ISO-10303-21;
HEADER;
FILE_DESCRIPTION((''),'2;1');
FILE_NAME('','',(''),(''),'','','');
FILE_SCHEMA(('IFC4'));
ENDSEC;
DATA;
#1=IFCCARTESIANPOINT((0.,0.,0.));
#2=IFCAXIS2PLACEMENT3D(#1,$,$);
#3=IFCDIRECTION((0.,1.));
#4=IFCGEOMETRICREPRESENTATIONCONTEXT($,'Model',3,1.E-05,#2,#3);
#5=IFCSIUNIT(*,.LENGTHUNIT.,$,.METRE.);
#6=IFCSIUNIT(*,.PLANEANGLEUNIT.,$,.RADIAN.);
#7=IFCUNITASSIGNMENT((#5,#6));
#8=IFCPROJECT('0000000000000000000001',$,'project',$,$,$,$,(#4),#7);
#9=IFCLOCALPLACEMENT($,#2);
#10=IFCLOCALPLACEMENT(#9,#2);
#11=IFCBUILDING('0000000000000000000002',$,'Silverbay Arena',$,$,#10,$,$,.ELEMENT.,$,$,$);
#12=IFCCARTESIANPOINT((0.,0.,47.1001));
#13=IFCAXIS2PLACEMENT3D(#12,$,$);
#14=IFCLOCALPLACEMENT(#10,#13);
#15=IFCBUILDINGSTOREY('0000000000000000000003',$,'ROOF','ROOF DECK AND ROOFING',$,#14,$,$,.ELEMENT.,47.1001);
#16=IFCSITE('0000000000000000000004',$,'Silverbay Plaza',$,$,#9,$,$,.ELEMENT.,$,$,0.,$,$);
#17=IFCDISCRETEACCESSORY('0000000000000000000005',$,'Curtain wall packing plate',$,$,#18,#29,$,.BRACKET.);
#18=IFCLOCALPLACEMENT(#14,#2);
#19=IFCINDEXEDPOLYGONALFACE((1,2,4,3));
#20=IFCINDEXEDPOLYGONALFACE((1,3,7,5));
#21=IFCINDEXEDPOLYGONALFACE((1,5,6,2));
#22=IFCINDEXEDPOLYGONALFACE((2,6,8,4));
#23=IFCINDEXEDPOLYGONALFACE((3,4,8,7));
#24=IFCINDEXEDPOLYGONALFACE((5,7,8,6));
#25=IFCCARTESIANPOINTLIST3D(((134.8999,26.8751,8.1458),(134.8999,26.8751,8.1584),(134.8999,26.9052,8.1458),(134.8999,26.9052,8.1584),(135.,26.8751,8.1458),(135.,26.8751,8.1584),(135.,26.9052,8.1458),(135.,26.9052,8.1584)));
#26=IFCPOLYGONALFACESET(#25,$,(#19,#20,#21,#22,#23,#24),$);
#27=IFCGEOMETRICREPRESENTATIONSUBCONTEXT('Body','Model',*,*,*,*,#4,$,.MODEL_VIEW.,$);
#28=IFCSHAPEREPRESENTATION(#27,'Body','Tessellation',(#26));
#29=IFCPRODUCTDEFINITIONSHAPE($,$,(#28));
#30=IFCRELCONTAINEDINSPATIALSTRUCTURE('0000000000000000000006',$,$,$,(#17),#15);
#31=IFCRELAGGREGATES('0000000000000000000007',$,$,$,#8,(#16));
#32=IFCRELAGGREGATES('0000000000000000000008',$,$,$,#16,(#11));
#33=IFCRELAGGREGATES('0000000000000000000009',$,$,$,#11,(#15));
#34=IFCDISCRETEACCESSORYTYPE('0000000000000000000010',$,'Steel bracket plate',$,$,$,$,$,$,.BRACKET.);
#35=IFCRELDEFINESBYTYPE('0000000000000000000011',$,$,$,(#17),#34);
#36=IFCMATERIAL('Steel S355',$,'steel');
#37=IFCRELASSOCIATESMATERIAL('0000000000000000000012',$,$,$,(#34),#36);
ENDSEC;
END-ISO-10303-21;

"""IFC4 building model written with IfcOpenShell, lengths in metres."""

from ifc_helpers import new_model, si_unit, direction, frame, origin, origin_2d, place, context, subcontext, project, spatial, rectangle, extrude, material, type_object, element, save


model = new_model("IFC4")

# Units and contexts
model_context = context("Model", 3, precision=1e-05, world=origin(), true_north=direction((0.0, 1.0)))
body_context = subcontext(model_context, "Body", "Model", "MODEL_VIEW")
ifc_project = project(units=[si_unit("LENGTHUNIT", "METRE"), si_unit("PLANEANGLEUNIT", "RADIAN")], contexts=[model_context])

# Site, building, storey
site_placement = place(None, origin())
site = spatial("IfcSite", under=ifc_project, at=site_placement, Name="Silverbay Plaza", CompositionType="ELEMENT", RefElevation=0.0)
building_placement = place(site_placement, origin())
building = spatial("IfcBuilding", under=site, at=building_placement, Name="Silverbay Arena", CompositionType="ELEMENT")
storey_placement = place(building_placement, frame((0.0, 0.0, 47.1001)))
storey = spatial("IfcBuildingStorey", under=building, at=storey_placement, Name="ROOF", Description="ROOF DECK AND ROOFING", CompositionType="ELEMENT", Elevation=47.1001)

# Discrete accessory
ifc_material_1 = material(Name="Steel S355", Category="steel")
discrete_accessory_type_1 = type_object("IfcDiscreteAccessoryType", Name="Steel bracket plate", PredefinedType="BRACKET", material=ifc_material_1)
for number, where, z_axis, x_axis, name in (
    (1, (134.95, 26.8901, 8.1458), (0.0, 0.0, 1.0), (1.0, 0.0, 0.0), "Curtain wall packing plate"),
):
    element("IfcDiscreteAccessory", number, at=place(storey_placement, frame(where, z_axis=z_axis, x_axis=x_axis)), inside=storey, type_object=discrete_accessory_type_1, Name=name, PredefinedType="BRACKET", context=body_context, shape_type="SweptSolid", body=[
        extrude(rectangle(XDim=0.1001, YDim=0.03, at=origin_2d()), origin(), (0.0, 0.0, 1.0), 0.0127),
    ])

save(model, "model.ifc")
